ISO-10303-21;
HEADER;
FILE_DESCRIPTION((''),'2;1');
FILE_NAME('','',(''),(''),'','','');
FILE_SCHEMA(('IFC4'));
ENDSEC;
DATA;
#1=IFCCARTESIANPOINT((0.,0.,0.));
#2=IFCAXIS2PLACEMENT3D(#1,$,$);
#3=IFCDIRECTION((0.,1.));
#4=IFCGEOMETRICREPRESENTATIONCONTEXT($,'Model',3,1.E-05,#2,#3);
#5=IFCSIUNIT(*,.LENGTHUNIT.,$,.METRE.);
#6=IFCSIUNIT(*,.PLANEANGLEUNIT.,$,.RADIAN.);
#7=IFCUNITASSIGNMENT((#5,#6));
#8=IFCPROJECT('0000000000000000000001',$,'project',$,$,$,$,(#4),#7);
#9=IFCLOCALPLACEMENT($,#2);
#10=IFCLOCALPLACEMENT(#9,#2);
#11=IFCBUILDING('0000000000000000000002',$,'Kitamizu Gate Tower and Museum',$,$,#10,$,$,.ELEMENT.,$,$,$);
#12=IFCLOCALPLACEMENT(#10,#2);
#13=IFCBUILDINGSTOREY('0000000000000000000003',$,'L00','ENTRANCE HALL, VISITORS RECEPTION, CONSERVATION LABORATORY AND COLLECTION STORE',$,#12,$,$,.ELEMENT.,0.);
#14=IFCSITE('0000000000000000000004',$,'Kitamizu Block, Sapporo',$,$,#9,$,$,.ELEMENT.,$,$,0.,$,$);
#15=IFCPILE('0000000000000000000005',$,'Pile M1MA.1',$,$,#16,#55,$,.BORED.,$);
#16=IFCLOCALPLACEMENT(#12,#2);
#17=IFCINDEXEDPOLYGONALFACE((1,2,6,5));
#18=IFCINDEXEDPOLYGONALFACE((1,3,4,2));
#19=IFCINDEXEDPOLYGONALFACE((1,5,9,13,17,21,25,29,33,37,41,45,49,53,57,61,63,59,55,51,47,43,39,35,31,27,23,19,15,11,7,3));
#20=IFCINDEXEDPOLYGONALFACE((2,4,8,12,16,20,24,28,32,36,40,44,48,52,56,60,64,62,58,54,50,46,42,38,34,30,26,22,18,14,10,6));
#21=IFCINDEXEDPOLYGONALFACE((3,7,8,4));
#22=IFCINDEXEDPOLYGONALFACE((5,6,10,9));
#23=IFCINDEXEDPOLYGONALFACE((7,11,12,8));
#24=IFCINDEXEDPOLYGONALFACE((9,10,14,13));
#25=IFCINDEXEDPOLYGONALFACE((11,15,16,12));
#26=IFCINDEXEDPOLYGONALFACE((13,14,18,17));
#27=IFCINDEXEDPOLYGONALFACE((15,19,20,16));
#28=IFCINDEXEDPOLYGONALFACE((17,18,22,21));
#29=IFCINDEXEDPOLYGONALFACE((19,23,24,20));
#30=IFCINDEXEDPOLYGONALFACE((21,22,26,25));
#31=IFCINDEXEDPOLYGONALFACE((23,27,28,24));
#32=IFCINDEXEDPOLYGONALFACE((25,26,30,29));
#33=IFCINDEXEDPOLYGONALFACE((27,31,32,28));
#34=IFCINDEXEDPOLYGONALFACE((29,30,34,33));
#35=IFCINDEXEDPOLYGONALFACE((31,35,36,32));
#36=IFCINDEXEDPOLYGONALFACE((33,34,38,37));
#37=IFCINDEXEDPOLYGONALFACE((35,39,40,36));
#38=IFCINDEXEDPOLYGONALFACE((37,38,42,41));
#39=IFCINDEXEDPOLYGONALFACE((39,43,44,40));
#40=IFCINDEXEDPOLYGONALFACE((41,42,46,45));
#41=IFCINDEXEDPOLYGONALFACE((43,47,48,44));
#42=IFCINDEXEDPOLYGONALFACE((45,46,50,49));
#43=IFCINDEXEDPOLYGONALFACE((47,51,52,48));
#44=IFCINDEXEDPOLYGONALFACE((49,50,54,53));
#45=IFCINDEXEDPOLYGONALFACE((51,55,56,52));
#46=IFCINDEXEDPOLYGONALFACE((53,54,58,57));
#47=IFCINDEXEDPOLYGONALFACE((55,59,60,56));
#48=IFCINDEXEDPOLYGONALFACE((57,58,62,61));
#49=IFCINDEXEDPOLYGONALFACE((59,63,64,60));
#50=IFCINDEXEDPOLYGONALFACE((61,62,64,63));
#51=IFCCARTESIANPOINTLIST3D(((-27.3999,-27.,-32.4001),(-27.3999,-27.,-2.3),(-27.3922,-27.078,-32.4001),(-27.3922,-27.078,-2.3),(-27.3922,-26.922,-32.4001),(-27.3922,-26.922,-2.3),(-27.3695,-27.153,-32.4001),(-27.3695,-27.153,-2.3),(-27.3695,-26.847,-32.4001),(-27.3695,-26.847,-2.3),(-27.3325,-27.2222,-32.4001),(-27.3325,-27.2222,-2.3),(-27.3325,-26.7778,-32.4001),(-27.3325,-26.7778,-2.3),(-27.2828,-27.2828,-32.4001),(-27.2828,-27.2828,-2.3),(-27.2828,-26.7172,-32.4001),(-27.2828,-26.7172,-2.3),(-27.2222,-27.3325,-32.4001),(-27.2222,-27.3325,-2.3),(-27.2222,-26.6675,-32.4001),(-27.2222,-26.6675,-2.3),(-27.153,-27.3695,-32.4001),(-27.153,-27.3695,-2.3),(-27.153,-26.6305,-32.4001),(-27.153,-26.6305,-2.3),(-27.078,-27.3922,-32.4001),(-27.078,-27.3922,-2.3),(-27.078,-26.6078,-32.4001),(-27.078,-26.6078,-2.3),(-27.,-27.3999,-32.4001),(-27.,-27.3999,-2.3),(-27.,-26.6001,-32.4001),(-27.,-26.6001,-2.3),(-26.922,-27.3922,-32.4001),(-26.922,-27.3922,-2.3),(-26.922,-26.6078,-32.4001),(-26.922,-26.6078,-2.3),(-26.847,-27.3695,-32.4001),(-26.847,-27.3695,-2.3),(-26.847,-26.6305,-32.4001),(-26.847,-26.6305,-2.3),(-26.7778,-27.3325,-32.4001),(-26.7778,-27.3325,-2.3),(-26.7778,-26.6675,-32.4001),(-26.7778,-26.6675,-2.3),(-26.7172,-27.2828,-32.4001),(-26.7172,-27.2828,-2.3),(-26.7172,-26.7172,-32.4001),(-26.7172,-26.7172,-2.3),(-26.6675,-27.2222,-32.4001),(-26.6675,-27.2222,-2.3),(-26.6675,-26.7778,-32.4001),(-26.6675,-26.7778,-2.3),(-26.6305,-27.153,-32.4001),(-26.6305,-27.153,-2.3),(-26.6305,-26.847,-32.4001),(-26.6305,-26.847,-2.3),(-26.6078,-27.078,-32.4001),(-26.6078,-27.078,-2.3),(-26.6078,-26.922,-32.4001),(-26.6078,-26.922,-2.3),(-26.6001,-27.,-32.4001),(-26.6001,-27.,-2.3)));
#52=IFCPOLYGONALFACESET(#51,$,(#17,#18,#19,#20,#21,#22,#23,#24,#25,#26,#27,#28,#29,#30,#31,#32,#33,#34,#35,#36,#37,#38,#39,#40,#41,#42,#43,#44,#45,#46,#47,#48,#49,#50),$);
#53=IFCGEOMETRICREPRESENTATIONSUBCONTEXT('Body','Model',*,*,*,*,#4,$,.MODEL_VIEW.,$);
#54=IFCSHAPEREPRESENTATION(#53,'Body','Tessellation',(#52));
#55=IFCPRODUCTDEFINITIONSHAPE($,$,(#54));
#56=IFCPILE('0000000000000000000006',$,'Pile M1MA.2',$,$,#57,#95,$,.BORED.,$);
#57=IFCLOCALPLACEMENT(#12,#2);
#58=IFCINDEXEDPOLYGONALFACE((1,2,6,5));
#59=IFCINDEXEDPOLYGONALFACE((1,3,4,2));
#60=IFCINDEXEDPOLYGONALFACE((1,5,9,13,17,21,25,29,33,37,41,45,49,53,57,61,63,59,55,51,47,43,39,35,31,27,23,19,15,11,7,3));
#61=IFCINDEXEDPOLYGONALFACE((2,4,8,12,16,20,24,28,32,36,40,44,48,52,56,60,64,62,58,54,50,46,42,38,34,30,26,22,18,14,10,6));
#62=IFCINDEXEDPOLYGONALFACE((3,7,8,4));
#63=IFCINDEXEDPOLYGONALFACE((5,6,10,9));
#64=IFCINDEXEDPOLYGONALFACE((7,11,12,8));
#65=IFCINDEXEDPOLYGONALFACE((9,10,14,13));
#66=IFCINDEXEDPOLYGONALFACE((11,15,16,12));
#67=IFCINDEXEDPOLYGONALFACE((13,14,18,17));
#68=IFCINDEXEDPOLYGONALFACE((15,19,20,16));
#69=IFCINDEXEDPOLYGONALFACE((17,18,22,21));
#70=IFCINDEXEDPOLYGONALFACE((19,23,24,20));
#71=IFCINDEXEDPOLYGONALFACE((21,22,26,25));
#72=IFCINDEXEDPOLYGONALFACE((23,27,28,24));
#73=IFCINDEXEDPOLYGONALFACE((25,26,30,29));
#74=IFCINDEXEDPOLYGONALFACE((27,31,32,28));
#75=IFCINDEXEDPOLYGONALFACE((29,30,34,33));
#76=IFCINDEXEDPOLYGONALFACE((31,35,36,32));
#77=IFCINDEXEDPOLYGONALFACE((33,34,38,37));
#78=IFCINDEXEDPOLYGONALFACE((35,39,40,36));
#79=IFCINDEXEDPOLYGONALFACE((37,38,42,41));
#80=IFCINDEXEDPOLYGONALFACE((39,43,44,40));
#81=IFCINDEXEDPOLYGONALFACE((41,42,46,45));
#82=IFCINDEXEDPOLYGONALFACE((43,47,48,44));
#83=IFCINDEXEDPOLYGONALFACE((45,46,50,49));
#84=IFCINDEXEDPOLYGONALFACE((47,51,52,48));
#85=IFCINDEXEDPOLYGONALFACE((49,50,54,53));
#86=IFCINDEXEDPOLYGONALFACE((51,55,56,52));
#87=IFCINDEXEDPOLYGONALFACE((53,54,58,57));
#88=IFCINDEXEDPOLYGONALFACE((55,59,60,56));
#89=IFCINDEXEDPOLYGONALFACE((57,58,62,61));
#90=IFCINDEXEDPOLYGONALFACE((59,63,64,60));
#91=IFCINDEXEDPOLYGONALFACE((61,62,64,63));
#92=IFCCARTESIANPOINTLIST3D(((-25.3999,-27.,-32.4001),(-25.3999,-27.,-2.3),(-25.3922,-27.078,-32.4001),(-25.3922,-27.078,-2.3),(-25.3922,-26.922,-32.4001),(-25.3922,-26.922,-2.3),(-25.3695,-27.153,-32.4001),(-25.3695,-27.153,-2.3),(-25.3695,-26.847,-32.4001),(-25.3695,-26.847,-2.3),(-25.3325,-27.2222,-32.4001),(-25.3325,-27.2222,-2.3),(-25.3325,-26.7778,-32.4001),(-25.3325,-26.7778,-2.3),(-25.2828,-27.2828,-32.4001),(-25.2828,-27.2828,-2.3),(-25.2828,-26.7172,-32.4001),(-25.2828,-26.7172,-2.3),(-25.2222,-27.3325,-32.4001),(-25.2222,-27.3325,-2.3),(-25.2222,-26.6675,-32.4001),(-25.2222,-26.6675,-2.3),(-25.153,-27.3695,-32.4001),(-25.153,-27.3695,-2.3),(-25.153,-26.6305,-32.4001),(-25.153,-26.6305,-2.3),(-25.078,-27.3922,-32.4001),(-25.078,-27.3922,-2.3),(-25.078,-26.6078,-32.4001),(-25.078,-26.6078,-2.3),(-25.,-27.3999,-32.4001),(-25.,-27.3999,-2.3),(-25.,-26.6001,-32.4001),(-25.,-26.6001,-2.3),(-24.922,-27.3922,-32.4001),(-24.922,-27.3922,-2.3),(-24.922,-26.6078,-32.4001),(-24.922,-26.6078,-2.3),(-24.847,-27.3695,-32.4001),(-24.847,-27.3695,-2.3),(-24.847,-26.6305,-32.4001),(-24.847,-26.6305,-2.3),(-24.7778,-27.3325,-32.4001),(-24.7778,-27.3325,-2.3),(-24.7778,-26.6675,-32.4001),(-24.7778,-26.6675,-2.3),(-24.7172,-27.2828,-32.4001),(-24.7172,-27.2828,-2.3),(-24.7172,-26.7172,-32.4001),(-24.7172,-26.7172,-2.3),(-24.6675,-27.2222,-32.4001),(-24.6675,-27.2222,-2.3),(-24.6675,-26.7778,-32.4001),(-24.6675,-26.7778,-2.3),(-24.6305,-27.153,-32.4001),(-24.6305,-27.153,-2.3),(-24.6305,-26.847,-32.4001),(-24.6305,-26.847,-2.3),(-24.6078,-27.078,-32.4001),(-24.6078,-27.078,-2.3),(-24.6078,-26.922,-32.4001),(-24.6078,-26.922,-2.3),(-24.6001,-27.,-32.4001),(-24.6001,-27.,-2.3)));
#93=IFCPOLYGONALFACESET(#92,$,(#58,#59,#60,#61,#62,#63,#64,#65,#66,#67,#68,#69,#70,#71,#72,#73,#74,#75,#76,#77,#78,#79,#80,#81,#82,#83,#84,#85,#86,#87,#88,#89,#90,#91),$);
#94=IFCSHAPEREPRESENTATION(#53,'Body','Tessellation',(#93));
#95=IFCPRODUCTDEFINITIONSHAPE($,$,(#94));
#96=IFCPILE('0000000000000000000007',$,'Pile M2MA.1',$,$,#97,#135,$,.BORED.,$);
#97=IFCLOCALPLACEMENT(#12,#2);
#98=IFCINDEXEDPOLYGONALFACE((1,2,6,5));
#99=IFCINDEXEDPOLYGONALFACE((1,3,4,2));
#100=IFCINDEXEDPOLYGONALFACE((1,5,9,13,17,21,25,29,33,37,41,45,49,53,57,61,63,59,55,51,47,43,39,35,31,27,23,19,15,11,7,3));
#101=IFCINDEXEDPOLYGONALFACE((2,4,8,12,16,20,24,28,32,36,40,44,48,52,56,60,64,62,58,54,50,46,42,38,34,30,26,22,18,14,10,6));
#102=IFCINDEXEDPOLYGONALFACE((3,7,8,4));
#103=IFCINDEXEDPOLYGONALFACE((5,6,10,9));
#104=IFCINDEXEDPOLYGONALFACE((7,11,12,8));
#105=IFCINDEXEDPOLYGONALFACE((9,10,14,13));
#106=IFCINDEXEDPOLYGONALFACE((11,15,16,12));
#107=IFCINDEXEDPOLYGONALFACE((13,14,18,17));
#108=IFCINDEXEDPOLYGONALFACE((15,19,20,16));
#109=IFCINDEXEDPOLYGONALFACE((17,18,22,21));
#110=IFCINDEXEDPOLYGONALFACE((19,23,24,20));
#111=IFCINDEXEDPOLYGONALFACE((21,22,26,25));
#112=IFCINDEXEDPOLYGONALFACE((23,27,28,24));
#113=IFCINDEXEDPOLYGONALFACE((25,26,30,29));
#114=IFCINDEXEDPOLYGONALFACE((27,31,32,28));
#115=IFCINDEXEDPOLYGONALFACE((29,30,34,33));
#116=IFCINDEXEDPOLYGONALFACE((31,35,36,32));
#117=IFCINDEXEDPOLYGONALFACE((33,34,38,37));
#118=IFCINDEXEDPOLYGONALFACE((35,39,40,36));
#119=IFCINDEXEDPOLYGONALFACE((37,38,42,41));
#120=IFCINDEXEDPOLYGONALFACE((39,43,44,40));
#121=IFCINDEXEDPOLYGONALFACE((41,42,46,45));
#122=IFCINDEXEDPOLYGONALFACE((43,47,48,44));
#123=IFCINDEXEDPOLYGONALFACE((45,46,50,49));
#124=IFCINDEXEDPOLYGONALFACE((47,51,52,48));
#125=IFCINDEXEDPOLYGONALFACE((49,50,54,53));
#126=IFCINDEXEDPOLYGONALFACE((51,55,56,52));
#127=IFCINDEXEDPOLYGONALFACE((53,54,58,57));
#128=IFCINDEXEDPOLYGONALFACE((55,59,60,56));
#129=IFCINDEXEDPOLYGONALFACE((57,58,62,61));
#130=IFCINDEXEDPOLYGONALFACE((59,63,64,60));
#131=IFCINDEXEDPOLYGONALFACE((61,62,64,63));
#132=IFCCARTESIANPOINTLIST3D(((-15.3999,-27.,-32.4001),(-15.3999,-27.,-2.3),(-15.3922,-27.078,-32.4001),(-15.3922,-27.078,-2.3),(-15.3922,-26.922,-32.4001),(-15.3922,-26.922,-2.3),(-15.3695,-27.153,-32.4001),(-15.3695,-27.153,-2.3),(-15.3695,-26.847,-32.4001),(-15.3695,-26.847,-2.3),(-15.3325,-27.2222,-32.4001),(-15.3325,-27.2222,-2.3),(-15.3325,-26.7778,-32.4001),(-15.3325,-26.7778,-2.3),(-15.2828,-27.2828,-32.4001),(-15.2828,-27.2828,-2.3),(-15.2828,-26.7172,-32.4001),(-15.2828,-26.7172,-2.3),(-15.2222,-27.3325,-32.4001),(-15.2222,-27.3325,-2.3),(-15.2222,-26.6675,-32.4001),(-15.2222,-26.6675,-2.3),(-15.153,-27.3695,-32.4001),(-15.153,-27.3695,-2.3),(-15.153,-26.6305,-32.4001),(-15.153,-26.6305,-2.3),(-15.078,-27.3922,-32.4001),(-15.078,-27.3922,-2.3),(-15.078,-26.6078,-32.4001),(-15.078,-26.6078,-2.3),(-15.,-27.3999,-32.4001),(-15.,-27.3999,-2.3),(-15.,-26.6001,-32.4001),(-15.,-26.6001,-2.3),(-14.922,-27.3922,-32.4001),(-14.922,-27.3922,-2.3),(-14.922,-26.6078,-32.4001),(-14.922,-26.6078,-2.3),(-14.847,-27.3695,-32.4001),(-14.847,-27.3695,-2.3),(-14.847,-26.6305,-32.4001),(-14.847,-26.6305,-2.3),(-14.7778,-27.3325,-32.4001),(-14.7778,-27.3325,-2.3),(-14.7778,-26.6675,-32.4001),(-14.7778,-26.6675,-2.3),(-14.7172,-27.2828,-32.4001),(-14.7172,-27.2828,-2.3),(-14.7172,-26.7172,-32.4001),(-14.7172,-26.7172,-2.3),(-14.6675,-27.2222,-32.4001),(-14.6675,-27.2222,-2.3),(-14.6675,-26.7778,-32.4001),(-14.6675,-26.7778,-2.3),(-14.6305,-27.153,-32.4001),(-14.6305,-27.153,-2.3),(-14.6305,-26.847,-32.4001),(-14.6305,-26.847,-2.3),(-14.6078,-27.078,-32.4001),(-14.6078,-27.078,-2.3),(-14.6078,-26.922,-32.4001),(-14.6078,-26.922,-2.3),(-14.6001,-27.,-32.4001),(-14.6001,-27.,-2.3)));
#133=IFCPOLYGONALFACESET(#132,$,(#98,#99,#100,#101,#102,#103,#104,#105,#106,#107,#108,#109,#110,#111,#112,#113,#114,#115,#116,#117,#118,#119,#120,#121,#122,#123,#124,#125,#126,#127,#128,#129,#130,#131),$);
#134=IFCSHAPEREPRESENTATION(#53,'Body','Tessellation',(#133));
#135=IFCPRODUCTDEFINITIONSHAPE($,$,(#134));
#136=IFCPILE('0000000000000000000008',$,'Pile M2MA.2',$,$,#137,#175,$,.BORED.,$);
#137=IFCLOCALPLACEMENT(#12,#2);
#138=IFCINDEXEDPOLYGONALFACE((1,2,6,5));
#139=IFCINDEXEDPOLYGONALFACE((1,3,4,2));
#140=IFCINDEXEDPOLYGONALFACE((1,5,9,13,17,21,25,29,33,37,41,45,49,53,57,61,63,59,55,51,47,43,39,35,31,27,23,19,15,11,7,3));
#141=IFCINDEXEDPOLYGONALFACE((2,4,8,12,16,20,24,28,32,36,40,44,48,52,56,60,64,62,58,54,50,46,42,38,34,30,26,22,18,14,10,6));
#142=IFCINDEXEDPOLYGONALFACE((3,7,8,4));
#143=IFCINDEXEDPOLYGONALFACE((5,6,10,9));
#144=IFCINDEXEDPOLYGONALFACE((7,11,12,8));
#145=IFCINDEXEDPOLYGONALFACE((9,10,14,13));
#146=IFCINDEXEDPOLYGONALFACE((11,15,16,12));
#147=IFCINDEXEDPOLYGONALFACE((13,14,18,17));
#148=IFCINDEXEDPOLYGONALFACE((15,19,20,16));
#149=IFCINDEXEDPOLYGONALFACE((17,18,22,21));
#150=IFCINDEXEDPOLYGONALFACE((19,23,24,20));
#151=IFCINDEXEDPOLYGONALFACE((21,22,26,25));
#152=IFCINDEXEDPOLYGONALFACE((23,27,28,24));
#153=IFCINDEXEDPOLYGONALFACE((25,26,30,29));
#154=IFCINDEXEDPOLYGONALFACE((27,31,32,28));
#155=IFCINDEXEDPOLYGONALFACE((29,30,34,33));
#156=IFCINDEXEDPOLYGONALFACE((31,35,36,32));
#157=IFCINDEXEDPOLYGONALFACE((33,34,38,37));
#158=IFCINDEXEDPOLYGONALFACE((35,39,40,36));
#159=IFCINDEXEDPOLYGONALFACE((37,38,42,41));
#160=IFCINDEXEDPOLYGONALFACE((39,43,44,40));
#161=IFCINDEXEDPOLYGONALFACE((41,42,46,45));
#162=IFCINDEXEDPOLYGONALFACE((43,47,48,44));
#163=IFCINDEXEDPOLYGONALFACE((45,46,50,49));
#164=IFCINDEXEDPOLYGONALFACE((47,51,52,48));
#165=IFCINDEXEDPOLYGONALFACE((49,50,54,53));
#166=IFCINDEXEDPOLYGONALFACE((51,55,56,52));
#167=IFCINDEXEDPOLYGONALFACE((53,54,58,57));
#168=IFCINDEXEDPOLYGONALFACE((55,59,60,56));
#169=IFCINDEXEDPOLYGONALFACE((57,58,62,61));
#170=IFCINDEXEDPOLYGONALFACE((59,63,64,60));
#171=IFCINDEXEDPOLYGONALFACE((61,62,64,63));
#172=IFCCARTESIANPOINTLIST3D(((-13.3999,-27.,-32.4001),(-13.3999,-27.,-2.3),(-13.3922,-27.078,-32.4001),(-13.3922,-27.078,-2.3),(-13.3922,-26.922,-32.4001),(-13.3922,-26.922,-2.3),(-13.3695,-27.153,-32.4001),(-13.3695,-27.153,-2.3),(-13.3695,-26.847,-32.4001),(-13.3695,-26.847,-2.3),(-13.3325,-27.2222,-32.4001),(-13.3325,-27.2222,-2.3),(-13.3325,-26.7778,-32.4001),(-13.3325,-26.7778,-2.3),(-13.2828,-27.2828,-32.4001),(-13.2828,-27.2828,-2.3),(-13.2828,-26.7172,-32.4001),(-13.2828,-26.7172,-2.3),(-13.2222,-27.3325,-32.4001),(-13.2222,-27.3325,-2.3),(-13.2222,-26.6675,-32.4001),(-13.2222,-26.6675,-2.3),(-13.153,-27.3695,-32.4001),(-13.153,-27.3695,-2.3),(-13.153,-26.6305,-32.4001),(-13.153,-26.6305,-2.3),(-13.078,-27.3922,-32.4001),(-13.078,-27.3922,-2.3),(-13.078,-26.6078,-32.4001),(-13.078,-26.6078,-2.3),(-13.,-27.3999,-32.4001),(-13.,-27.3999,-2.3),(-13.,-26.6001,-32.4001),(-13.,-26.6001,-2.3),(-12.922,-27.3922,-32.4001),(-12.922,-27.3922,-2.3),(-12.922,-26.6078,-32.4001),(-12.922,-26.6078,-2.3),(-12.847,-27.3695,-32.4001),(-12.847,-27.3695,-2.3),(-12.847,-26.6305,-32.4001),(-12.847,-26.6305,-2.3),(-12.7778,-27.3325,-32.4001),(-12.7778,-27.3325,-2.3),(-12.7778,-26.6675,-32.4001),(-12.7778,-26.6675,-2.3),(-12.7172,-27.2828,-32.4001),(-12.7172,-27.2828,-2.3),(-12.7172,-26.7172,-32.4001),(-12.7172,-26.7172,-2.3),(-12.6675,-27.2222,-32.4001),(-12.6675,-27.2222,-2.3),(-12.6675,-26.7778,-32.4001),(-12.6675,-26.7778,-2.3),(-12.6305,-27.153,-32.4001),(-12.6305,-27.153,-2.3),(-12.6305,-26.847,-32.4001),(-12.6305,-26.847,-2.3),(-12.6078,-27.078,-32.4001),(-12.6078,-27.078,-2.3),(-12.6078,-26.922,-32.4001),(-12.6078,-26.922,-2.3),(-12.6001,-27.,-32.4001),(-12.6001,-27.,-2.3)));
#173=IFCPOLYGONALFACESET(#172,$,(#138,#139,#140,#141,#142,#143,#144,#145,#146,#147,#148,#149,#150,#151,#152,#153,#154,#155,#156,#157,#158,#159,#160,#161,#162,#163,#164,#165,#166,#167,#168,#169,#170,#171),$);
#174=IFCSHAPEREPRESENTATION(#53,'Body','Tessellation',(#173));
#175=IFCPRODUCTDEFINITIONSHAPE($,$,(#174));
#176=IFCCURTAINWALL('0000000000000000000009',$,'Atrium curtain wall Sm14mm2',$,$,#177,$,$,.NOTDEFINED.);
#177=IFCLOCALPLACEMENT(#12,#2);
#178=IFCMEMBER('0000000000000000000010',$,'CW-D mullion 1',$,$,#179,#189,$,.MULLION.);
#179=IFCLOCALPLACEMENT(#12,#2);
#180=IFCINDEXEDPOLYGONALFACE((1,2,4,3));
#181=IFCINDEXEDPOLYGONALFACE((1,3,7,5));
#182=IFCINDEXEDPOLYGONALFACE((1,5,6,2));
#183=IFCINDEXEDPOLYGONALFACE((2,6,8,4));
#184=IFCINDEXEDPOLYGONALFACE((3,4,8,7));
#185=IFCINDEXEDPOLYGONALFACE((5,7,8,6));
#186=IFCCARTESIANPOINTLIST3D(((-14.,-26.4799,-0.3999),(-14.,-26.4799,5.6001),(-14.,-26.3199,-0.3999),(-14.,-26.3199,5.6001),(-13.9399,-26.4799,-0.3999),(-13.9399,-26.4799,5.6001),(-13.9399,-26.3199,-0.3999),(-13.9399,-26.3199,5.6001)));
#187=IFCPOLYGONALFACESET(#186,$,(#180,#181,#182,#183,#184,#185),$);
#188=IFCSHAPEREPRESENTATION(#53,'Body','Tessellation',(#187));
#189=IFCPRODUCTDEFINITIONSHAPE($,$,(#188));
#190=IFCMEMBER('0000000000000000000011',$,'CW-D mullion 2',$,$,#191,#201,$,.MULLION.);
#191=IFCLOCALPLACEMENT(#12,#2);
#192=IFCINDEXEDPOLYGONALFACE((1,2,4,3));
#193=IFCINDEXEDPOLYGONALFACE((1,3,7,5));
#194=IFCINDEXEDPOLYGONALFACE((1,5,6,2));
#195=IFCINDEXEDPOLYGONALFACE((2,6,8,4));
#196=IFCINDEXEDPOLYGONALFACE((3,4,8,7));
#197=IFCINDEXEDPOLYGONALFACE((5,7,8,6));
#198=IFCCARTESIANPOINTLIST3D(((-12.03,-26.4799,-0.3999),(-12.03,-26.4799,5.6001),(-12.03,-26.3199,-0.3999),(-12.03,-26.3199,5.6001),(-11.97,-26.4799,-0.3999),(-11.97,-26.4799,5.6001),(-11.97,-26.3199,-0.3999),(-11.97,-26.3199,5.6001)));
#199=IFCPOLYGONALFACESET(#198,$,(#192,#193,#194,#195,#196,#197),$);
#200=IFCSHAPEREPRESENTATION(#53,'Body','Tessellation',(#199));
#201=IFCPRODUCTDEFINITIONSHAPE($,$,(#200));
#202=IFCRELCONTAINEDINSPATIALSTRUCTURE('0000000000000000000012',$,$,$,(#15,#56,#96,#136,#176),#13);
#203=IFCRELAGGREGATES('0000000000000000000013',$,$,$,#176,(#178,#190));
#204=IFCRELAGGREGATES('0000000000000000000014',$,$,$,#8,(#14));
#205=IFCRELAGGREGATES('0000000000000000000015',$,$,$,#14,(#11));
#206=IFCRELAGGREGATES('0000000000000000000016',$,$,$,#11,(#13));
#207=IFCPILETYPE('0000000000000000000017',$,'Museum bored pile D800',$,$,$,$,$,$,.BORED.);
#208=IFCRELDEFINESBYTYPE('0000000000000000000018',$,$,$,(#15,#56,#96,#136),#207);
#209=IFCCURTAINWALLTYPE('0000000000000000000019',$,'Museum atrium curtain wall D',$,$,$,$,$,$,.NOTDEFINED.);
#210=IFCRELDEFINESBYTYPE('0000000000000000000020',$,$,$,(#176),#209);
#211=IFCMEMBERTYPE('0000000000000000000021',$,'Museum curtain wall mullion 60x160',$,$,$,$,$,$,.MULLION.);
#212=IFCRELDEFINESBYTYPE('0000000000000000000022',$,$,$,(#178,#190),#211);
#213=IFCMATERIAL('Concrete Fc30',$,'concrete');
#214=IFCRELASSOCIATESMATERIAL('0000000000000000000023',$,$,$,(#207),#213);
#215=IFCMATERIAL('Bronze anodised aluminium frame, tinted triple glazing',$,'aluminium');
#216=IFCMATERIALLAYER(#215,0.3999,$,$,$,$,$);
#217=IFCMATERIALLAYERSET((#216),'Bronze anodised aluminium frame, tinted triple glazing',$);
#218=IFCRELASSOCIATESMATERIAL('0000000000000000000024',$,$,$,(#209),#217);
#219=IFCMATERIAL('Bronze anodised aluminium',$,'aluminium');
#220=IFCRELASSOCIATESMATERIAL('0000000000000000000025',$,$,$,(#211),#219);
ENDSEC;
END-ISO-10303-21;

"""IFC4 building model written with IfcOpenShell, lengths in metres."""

from ifc_helpers import new_model, si_unit, direction, frame, origin, origin_2d, place, context, subcontext, project, spatial, rectangle, circle, extrude, material, layer, layer_set, material_profile, profile_set, type_object, element, aggregate, save


model = new_model("IFC4")

# Units and contexts
model_context = context("Model", 3, precision=1e-05, world=origin(), true_north=direction((0.0, 1.0)))
body_context = subcontext(model_context, "Body", "Model", "MODEL_VIEW")
ifc_project = project(units=[si_unit("LENGTHUNIT", "METRE"), si_unit("PLANEANGLEUNIT", "RADIAN")], contexts=[model_context])

# Site, building, storey
site_placement = place(None, origin())
site = spatial("IfcSite", under=ifc_project, at=site_placement, Name="Kitamizu Block, Sapporo", CompositionType="ELEMENT", RefElevation=0.0)
building_placement = place(site_placement, origin())
building = spatial("IfcBuilding", under=site, at=building_placement, Name="Kitamizu Gate Tower and Museum", CompositionType="ELEMENT")
storey_placement = place(building_placement, origin())
storey = spatial("IfcBuildingStorey", under=building, at=storey_placement, Name="L00", Description="ENTRANCE HALL, VISITORS RECEPTION, CONSERVATION LABORATORY AND COLLECTION STORE", CompositionType="ELEMENT", Elevation=0.0)

# Piles
ifc_material_1 = material(Name="Concrete Fc30", Category="concrete")
ifc_material_profile_1 = material_profile(ifc_material_1, circle(Radius=0.3999, at=origin_2d()), Name="D800")
ifc_profile_set_1 = profile_set([ifc_material_profile_1], Name="Concrete Fc30")
pile_type = type_object("IfcPileType", Name="Museum bored pile D800", PredefinedType="BORED", material=ifc_profile_set_1)
for number, where, z_axis, x_axis, name in (
    (1, (-27.0, -27.0, -2.3), (0.0, 0.0, -1.0), (1.0, 0.0, 0.0), "Pile M1MA.1"),
    (2, (-25.0, -27.0, -2.3), (0.0, 0.0, -1.0), (1.0, 0.0, 0.0), "Pile M1MA.2"),
    (3, (-15.0, -27.0, -2.3), (0.0, 0.0, -1.0), (1.0, 0.0, 0.0), "Pile M2MA.1"),
    (4, (-13.0, -27.0, -2.3), (0.0, 0.0, -1.0), (1.0, 0.0, 0.0), "Pile M2MA.2"),
):
    element("IfcPile", number, at=place(storey_placement, frame(where, z_axis=z_axis, x_axis=x_axis)), inside=storey, type_object=pile_type, Name=name, PredefinedType="BORED", context=body_context, shape_type="SweptSolid", body=[
        extrude(circle(Radius=0.3999, at=origin_2d()), origin(), (0.0, 0.0, 1.0), 30.1001),
    ])

# Curtain wall, members
ifc_material_2 = material(Name="Bronze anodised aluminium frame, tinted triple glazing", Category="aluminium")
ifc_layer_1 = layer(ifc_material_2, 0.3999)
ifc_layer_set_1 = layer_set([ifc_layer_1], Name="Bronze anodised aluminium frame, tinted triple glazing")
curtain_wall_type = type_object("IfcCurtainWallType", Name="Museum atrium curtain wall D", PredefinedType="NOTDEFINED", material=ifc_layer_set_1)
curtain_wall_placement = place(storey_placement, origin())
curtain_wall = element("IfcCurtainWall", 5, at=curtain_wall_placement, inside=storey, type_object=curtain_wall_type, Name="Atrium curtain wall Sm14mm2", PredefinedType="NOTDEFINED")
ifc_material_3 = material(Name="Bronze anodised aluminium", Category="aluminium")
ifc_material_profile_2 = material_profile(ifc_material_3, rectangle(XDim=0.0601, YDim=0.1599, at=origin_2d()), Name="60x160")
ifc_profile_set_2 = profile_set([ifc_material_profile_2], Name="Bronze anodised aluminium")
member_type_1 = type_object("IfcMemberType", Name="Museum curtain wall mullion 60x160", PredefinedType="MULLION", material=ifc_profile_set_2)
member_1_placement = place(storey_placement, frame((-13.97, -26.3999, -0.3999), z_axis=(0.0, 0.0, 1.0), x_axis=(1.0, 0.0, 0.0)))
member_1 = element("IfcMember", 6, at=member_1_placement, type_object=member_type_1, Name="CW-D mullion 1", PredefinedType="MULLION", context=body_context, shape_type="SweptSolid", body=[
    extrude(rectangle(XDim=0.0601, YDim=0.1599, at=origin_2d()), origin(), (0.0, 0.0, 1.0), 6.0),
])
member_2_placement = place(storey_placement, frame((-12.0, -26.3999, -0.3999), z_axis=(0.0, 0.0, 1.0), x_axis=(1.0, 0.0, 0.0)))
member_2 = element("IfcMember", 7, at=member_2_placement, type_object=member_type_1, Name="CW-D mullion 2", PredefinedType="MULLION", context=body_context, shape_type="SweptSolid", body=[
    extrude(rectangle(XDim=0.0601, YDim=0.1599, at=origin_2d()), origin(), (0.0, 0.0, 1.0), 6.0),
])
aggregate(curtain_wall, [member_1, member_2])

save(model, "model.ifc")
